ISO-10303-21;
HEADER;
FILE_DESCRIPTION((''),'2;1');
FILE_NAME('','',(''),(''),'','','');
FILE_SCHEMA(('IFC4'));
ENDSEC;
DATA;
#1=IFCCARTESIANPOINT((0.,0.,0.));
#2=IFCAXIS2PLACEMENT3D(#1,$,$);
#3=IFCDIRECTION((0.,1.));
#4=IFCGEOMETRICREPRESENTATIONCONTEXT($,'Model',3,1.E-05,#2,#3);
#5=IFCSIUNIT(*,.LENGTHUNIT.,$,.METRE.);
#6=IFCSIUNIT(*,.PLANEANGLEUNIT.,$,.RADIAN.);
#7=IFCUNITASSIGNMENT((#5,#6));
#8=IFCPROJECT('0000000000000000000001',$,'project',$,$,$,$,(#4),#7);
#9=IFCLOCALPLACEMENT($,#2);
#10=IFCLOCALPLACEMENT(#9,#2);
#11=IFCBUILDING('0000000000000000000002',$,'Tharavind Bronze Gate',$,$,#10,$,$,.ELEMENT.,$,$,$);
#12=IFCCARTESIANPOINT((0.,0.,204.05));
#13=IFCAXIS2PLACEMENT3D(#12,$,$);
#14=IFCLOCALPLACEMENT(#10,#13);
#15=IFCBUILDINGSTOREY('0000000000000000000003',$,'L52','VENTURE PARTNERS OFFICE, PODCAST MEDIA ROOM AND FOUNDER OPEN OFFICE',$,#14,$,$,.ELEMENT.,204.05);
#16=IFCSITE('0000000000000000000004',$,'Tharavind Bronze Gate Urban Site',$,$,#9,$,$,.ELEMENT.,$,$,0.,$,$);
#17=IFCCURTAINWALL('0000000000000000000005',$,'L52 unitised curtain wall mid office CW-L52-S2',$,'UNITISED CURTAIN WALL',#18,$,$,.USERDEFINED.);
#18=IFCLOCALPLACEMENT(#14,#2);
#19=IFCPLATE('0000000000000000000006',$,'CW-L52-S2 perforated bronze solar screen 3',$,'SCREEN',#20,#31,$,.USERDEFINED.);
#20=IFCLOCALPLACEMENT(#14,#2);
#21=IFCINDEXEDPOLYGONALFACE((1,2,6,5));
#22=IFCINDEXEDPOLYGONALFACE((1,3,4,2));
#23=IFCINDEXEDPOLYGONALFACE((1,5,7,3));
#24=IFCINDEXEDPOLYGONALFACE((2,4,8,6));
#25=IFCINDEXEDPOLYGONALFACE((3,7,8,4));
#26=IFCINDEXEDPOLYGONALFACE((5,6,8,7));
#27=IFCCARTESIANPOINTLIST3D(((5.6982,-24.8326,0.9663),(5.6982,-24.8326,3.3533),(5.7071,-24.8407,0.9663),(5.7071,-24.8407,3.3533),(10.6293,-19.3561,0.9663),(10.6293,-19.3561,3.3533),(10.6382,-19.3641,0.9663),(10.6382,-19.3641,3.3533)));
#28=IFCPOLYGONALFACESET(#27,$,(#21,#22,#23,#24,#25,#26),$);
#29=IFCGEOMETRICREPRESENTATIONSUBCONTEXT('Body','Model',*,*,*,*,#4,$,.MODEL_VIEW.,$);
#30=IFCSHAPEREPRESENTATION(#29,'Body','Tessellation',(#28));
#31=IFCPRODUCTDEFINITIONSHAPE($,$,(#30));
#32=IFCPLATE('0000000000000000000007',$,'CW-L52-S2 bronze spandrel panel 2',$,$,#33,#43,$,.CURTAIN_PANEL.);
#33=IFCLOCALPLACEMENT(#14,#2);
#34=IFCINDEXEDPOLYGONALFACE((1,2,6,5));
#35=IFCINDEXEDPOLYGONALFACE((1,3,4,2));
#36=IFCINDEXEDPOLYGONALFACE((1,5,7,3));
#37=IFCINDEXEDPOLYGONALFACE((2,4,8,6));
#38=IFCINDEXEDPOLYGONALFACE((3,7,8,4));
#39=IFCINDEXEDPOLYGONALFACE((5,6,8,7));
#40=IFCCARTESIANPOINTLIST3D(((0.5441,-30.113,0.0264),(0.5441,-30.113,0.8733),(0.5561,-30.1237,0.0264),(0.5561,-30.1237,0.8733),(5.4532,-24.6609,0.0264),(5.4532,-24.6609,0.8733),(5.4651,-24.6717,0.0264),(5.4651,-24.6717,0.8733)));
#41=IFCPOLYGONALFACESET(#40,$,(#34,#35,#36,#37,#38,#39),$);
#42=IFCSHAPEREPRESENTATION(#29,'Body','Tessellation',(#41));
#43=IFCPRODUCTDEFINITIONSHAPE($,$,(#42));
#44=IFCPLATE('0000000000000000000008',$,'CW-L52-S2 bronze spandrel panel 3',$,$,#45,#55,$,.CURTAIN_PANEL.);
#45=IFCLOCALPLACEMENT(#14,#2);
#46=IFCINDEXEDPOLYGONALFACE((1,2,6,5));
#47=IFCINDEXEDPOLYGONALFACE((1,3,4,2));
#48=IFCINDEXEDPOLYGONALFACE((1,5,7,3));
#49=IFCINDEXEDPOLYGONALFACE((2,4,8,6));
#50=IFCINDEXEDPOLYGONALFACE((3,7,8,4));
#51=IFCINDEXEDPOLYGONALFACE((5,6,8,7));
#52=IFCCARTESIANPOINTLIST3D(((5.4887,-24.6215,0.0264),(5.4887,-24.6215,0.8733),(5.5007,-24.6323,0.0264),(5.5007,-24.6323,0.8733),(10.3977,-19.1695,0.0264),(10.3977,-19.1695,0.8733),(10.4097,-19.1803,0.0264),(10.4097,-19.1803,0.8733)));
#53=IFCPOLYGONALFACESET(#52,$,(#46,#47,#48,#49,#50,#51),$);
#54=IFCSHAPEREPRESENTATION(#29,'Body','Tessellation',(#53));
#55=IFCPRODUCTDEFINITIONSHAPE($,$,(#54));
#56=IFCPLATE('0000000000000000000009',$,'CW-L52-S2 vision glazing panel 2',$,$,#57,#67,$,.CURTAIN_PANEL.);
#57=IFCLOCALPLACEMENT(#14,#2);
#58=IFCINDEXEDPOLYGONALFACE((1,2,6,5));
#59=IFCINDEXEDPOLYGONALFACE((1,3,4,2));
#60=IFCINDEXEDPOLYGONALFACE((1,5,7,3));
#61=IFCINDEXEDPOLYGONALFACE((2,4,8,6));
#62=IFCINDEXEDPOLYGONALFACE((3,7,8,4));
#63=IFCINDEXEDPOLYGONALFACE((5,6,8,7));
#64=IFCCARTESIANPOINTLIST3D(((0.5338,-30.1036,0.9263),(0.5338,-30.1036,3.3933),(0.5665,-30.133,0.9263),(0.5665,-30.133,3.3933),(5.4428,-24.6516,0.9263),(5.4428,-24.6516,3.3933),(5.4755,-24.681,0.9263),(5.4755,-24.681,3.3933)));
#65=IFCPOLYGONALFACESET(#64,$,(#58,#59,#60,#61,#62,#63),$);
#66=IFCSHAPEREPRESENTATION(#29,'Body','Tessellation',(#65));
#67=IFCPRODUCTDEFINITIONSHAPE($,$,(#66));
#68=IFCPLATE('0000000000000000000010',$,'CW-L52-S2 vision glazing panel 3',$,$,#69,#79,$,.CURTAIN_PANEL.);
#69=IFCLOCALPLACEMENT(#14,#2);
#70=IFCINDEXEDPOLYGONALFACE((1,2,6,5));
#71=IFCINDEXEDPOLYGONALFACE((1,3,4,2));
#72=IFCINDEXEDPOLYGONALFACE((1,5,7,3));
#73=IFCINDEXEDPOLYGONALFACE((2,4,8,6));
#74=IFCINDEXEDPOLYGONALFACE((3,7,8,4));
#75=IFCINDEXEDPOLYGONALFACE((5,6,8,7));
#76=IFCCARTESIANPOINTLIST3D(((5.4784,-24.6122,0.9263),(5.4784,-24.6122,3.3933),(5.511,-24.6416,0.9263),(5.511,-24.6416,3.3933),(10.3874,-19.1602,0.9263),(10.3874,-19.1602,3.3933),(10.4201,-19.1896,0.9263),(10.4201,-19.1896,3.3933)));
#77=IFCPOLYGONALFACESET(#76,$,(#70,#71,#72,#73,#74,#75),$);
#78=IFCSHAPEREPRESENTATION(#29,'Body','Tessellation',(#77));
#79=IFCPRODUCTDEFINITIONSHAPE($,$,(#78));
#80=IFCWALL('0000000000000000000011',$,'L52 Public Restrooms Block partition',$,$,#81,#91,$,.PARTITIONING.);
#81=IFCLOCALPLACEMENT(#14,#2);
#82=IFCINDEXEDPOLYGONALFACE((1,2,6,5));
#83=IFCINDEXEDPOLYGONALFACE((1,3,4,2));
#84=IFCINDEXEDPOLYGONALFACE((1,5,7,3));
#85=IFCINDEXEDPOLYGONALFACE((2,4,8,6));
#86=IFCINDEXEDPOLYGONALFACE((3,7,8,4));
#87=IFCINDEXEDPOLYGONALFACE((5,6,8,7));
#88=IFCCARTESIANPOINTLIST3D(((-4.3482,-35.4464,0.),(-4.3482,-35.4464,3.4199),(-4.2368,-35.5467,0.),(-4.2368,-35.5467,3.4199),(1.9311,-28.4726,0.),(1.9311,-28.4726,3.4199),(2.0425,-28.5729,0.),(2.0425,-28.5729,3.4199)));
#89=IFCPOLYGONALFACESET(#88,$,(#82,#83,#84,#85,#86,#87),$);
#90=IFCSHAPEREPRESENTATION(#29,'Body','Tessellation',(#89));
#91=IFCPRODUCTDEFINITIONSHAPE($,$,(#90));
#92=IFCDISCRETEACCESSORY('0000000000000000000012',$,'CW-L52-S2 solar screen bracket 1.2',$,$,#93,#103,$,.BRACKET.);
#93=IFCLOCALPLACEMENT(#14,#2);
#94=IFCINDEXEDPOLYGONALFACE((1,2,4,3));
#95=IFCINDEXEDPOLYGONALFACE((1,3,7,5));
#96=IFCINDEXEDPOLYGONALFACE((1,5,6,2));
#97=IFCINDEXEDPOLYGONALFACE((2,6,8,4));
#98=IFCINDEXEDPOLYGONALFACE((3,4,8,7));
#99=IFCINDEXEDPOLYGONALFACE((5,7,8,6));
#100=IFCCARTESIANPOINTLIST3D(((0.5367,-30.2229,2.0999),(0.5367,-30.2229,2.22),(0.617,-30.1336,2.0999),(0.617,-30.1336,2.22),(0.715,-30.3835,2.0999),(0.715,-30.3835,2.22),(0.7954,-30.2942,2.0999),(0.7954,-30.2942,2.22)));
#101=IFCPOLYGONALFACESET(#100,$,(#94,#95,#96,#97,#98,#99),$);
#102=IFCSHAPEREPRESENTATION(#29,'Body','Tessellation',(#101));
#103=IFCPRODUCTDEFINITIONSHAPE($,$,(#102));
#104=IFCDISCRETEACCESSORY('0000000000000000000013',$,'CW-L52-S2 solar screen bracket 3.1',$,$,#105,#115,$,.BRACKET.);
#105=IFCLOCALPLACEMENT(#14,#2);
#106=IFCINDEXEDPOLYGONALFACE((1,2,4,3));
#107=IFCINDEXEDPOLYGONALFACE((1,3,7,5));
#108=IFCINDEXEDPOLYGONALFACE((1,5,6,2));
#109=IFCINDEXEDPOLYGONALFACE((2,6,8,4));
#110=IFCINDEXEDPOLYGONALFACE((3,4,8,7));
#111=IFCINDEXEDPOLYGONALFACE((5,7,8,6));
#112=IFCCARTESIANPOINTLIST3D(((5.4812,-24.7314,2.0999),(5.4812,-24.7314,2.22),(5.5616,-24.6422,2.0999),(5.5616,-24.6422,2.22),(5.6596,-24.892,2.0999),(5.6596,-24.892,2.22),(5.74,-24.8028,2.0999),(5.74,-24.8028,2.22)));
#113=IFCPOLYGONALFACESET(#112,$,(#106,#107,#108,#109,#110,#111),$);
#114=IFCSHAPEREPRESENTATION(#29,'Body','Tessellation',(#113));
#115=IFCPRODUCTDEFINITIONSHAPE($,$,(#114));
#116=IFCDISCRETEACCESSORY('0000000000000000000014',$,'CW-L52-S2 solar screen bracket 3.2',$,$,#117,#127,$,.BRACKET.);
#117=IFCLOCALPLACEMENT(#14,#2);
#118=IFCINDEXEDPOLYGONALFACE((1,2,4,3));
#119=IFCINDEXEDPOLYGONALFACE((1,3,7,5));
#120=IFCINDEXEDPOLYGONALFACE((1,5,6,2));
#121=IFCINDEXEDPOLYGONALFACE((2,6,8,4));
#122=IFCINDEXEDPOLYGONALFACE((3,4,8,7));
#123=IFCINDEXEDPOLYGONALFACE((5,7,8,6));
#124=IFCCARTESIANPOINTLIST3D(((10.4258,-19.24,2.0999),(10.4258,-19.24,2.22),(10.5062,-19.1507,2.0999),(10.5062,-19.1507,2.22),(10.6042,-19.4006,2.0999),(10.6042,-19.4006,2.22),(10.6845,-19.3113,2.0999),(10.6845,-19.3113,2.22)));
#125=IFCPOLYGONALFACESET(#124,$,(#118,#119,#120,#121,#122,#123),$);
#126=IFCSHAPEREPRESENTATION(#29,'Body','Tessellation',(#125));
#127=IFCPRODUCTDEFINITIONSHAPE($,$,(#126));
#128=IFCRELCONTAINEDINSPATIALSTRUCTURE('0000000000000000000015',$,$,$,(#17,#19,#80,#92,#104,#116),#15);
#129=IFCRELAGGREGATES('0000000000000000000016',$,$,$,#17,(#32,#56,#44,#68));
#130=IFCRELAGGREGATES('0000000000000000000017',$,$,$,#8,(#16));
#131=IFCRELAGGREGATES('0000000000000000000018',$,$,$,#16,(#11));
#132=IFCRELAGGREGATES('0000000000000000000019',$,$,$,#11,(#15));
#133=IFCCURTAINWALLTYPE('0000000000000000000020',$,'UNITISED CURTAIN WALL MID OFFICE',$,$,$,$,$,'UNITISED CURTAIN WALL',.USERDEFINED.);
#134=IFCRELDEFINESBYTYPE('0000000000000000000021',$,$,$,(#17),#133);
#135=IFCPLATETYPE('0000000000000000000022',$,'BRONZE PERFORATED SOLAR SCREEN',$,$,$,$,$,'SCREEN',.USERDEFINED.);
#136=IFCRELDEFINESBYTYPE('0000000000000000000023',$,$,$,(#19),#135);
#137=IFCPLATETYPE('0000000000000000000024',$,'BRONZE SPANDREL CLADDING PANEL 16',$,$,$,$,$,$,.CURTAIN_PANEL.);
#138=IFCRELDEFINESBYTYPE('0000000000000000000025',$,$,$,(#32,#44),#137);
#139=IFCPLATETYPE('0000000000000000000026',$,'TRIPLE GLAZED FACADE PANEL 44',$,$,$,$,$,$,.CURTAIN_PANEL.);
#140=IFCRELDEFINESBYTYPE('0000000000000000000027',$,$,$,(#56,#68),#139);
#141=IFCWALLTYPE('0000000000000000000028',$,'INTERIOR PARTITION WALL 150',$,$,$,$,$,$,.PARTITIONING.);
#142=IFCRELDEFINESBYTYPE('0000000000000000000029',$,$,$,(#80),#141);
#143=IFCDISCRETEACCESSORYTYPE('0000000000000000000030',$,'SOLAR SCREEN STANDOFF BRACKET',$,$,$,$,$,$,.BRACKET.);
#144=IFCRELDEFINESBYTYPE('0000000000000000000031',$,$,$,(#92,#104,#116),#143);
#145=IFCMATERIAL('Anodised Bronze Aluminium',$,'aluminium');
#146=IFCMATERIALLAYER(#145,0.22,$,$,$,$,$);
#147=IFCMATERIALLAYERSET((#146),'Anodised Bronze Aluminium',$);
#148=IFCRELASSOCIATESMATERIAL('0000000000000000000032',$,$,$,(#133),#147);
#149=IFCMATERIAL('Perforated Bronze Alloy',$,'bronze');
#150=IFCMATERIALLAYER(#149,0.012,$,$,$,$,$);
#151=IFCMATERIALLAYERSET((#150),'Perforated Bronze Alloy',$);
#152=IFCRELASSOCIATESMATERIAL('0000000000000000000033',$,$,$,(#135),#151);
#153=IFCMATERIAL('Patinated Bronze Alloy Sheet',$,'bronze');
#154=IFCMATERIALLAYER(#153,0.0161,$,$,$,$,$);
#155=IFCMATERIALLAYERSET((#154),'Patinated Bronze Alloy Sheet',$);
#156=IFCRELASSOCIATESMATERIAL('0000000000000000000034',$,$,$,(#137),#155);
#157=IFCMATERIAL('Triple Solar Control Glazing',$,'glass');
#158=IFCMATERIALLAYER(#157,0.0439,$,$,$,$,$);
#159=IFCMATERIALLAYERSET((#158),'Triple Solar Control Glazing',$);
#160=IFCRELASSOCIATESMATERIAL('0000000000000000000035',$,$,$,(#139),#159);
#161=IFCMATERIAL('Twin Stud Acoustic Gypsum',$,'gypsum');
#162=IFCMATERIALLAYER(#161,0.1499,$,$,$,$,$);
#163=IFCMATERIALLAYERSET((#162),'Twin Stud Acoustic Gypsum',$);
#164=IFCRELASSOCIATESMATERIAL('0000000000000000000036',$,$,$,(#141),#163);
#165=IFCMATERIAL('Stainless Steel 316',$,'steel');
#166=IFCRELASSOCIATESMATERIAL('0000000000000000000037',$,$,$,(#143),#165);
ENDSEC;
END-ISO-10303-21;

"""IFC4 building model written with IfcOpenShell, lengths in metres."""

from ifc_helpers import new_model, si_unit, direction, frame, frame_2d, origin, origin_2d, place, context, subcontext, project, spatial, rectangle, extrude, material, layer, layer_set, type_object, element, aggregate, save


model = new_model("IFC4")

# Units and contexts
model_context = context("Model", 3, precision=1e-05, world=origin(), true_north=direction((0.0, 1.0)))
body_context = subcontext(model_context, "Body", "Model", "MODEL_VIEW")
ifc_project = project(units=[si_unit("LENGTHUNIT", "METRE"), si_unit("PLANEANGLEUNIT", "RADIAN")], contexts=[model_context])

# Site, building, storey
site_placement = place(None, origin())
site = spatial("IfcSite", under=ifc_project, at=site_placement, Name="Tharavind Bronze Gate Urban Site", CompositionType="ELEMENT", RefElevation=0.0)
building_placement = place(site_placement, origin())
building = spatial("IfcBuilding", under=site, at=building_placement, Name="Tharavind Bronze Gate", CompositionType="ELEMENT")
storey_placement = place(building_placement, frame((0.0, 0.0, 204.05)))
storey = spatial("IfcBuildingStorey", under=building, at=storey_placement, Name="L52", Description="VENTURE PARTNERS OFFICE, PODCAST MEDIA ROOM AND FOUNDER OPEN OFFICE", CompositionType="ELEMENT", Elevation=204.05)

# Curtain wall
ifc_material_1 = material(Name="Anodised Bronze Aluminium", Category="aluminium")
ifc_layer_1 = layer(ifc_material_1, 0.22)
ifc_layer_set_1 = layer_set([ifc_layer_1], Name="Anodised Bronze Aluminium")
curtain_wall_type = type_object("IfcCurtainWallType", Name="UNITISED CURTAIN WALL MID OFFICE", ElementType="UNITISED CURTAIN WALL", PredefinedType="USERDEFINED", material=ifc_layer_set_1)
curtain_wall_placement = place(storey_placement, origin())
curtain_wall = element("IfcCurtainWall", 1, at=curtain_wall_placement, inside=storey, type_object=curtain_wall_type, Name="L52 unitised curtain wall mid office CW-L52-S2", ObjectType="UNITISED CURTAIN WALL", PredefinedType="USERDEFINED")

# Plates
ifc_material_2 = material(Name="Perforated Bronze Alloy", Category="bronze")
ifc_layer_2 = layer(ifc_material_2, 0.012)
ifc_layer_set_2 = layer_set([ifc_layer_2], Name="Perforated Bronze Alloy")
plate_type_1 = type_object("IfcPlateType", Name="BRONZE PERFORATED SOLAR SCREEN", ElementType="SCREEN", PredefinedType="USERDEFINED", material=ifc_layer_set_2)
plate_1_placement = place(storey_placement, frame((8.1682, -22.0984, 0.9663), z_axis=(0.0, 0.0, 1.0), x_axis=(0.669131, 0.743145, 0.0)))
element("IfcPlate", 2, at=plate_1_placement, inside=storey, type_object=plate_type_1, Name="CW-L52-S2 perforated bronze solar screen 3", ObjectType="SCREEN", PredefinedType="USERDEFINED", context=body_context, shape_type="SweptSolid", body=[
    extrude(rectangle(XDim=7.3694, YDim=0.012, at=origin_2d()), origin(), (0.0, 0.0, 1.0), 2.387),
])
ifc_material_3 = material(Name="Patinated Bronze Alloy Sheet", Category="bronze")
ifc_layer_3 = layer(ifc_material_3, 0.0161)
ifc_layer_set_3 = layer_set([ifc_layer_3], Name="Patinated Bronze Alloy Sheet")
plate_type_2 = type_object("IfcPlateType", Name="BRONZE SPANDREL CLADDING PANEL 16", PredefinedType="CURTAIN_PANEL", material=ifc_layer_set_3)
plate_2_placement = place(storey_placement, frame((3.0046, -27.3923, 0.0264), z_axis=(0.0, 0.0, 1.0), x_axis=(0.669131, 0.743145, 0.0)))
plate_2 = element("IfcPlate", 3, at=plate_2_placement, type_object=plate_type_2, Name="CW-L52-S2 bronze spandrel panel 2", PredefinedType="CURTAIN_PANEL", context=body_context, shape_type="SweptSolid", body=[
    extrude(rectangle(XDim=7.3364, YDim=0.0161, at=origin_2d()), origin(), (0.0, 0.0, 1.0), 0.8469),
])
plate_3_placement = place(storey_placement, frame((7.9492, -21.9009, 0.0264), z_axis=(0.0, 0.0, 1.0), x_axis=(0.669131, 0.743145, 0.0)))
plate_3 = element("IfcPlate", 4, at=plate_3_placement, type_object=plate_type_2, Name="CW-L52-S2 bronze spandrel panel 3", PredefinedType="CURTAIN_PANEL", context=body_context, shape_type="SweptSolid", body=[
    extrude(rectangle(XDim=7.3364, YDim=0.0161, at=origin_2d()), origin(), (0.0, 0.0, 1.0), 0.8469),
])
ifc_material_4 = material(Name="Triple Solar Control Glazing", Category="glass")
ifc_layer_4 = layer(ifc_material_4, 0.0439)
ifc_layer_set_4 = layer_set([ifc_layer_4], Name="Triple Solar Control Glazing")
plate_type_3 = type_object("IfcPlateType", Name="TRIPLE GLAZED FACADE PANEL 44", PredefinedType="CURTAIN_PANEL", material=ifc_layer_set_4)
plate_4_placement = place(storey_placement, frame((3.0046, -27.3923, 0.9263), z_axis=(0.0, 0.0, 1.0), x_axis=(0.669131, 0.743145, 0.0)))
plate_4 = element("IfcPlate", 5, at=plate_4_placement, type_object=plate_type_3, Name="CW-L52-S2 vision glazing panel 2", PredefinedType="CURTAIN_PANEL", context=body_context, shape_type="SweptSolid", body=[
    extrude(rectangle(XDim=7.3364, YDim=0.0439, at=origin_2d()), origin(), (0.0, 0.0, 1.0), 2.467),
])
plate_5_placement = place(storey_placement, frame((7.9492, -21.9009, 0.9263), z_axis=(0.0, 0.0, 1.0), x_axis=(0.669131, 0.743145, 0.0)))
plate_5 = element("IfcPlate", 6, at=plate_5_placement, type_object=plate_type_3, Name="CW-L52-S2 vision glazing panel 3", PredefinedType="CURTAIN_PANEL", context=body_context, shape_type="SweptSolid", body=[
    extrude(rectangle(XDim=7.3364, YDim=0.0439, at=origin_2d()), origin(), (0.0, 0.0, 1.0), 2.467),
])
aggregate(curtain_wall, [plate_2, plate_4, plate_3, plate_5])

# Wall
ifc_material_5 = material(Name="Twin Stud Acoustic Gypsum", Category="gypsum")
ifc_layer_5 = layer(ifc_material_5, 0.1499)
ifc_layer_set_5 = layer_set([ifc_layer_5], Name="Twin Stud Acoustic Gypsum")
wall_type = type_object("IfcWallType", Name="INTERIOR PARTITION WALL 150", PredefinedType="PARTITIONING", material=ifc_layer_set_5)
wall_placement = place(storey_placement, frame((1.9868, -28.5227, 0.0), z_axis=(0.0, 0.0, 1.0), x_axis=(-0.66913, -0.743145, 0.0)))
element("IfcWall", 7, at=wall_placement, inside=storey, type_object=wall_type, Name="L52 Public Restrooms Block partition", PredefinedType="PARTITIONING", context=body_context, shape_type="SweptSolid", body=[
    extrude(rectangle(XDim=9.3843, YDim=0.1499, at=frame_2d((4.6921, 0.0))), origin(), (0.0, 0.0, 1.0), 3.4199),
])

# Discrete accessories
ifc_material_6 = material(Name="Stainless Steel 316", Category="steel")
discrete_accessory_type = type_object("IfcDiscreteAccessoryType", Name="SOLAR SCREEN STANDOFF BRACKET", PredefinedType="BRACKET", material=ifc_material_6)
for number, where, z_axis, x_axis, name in (
    (8, (0.666, -30.2585, 2.0999), (0.0, 0.0, 1.0), (0.669131, 0.743145, 0.0), "CW-L52-S2 solar screen bracket 1.2"),
    (9, (5.6106, -24.7671, 2.0999), (0.0, 0.0, 1.0), (0.669131, 0.743145, 0.0), "CW-L52-S2 solar screen bracket 3.1"),
    (10, (10.5552, -19.2756, 2.0999), (0.0, 0.0, 1.0), (0.669131, 0.743145, 0.0), "CW-L52-S2 solar screen bracket 3.2"),
):
    element("IfcDiscreteAccessory", number, at=place(storey_placement, frame(where, z_axis=z_axis, x_axis=x_axis)), inside=storey, type_object=discrete_accessory_type, Name=name, PredefinedType="BRACKET", context=body_context, shape_type="SweptSolid", body=[
        extrude(rectangle(XDim=0.1201, YDim=0.24, at=origin_2d()), origin(), (0.0, 0.0, 1.0), 0.1201),
    ])

save(model, "model.ifc")
